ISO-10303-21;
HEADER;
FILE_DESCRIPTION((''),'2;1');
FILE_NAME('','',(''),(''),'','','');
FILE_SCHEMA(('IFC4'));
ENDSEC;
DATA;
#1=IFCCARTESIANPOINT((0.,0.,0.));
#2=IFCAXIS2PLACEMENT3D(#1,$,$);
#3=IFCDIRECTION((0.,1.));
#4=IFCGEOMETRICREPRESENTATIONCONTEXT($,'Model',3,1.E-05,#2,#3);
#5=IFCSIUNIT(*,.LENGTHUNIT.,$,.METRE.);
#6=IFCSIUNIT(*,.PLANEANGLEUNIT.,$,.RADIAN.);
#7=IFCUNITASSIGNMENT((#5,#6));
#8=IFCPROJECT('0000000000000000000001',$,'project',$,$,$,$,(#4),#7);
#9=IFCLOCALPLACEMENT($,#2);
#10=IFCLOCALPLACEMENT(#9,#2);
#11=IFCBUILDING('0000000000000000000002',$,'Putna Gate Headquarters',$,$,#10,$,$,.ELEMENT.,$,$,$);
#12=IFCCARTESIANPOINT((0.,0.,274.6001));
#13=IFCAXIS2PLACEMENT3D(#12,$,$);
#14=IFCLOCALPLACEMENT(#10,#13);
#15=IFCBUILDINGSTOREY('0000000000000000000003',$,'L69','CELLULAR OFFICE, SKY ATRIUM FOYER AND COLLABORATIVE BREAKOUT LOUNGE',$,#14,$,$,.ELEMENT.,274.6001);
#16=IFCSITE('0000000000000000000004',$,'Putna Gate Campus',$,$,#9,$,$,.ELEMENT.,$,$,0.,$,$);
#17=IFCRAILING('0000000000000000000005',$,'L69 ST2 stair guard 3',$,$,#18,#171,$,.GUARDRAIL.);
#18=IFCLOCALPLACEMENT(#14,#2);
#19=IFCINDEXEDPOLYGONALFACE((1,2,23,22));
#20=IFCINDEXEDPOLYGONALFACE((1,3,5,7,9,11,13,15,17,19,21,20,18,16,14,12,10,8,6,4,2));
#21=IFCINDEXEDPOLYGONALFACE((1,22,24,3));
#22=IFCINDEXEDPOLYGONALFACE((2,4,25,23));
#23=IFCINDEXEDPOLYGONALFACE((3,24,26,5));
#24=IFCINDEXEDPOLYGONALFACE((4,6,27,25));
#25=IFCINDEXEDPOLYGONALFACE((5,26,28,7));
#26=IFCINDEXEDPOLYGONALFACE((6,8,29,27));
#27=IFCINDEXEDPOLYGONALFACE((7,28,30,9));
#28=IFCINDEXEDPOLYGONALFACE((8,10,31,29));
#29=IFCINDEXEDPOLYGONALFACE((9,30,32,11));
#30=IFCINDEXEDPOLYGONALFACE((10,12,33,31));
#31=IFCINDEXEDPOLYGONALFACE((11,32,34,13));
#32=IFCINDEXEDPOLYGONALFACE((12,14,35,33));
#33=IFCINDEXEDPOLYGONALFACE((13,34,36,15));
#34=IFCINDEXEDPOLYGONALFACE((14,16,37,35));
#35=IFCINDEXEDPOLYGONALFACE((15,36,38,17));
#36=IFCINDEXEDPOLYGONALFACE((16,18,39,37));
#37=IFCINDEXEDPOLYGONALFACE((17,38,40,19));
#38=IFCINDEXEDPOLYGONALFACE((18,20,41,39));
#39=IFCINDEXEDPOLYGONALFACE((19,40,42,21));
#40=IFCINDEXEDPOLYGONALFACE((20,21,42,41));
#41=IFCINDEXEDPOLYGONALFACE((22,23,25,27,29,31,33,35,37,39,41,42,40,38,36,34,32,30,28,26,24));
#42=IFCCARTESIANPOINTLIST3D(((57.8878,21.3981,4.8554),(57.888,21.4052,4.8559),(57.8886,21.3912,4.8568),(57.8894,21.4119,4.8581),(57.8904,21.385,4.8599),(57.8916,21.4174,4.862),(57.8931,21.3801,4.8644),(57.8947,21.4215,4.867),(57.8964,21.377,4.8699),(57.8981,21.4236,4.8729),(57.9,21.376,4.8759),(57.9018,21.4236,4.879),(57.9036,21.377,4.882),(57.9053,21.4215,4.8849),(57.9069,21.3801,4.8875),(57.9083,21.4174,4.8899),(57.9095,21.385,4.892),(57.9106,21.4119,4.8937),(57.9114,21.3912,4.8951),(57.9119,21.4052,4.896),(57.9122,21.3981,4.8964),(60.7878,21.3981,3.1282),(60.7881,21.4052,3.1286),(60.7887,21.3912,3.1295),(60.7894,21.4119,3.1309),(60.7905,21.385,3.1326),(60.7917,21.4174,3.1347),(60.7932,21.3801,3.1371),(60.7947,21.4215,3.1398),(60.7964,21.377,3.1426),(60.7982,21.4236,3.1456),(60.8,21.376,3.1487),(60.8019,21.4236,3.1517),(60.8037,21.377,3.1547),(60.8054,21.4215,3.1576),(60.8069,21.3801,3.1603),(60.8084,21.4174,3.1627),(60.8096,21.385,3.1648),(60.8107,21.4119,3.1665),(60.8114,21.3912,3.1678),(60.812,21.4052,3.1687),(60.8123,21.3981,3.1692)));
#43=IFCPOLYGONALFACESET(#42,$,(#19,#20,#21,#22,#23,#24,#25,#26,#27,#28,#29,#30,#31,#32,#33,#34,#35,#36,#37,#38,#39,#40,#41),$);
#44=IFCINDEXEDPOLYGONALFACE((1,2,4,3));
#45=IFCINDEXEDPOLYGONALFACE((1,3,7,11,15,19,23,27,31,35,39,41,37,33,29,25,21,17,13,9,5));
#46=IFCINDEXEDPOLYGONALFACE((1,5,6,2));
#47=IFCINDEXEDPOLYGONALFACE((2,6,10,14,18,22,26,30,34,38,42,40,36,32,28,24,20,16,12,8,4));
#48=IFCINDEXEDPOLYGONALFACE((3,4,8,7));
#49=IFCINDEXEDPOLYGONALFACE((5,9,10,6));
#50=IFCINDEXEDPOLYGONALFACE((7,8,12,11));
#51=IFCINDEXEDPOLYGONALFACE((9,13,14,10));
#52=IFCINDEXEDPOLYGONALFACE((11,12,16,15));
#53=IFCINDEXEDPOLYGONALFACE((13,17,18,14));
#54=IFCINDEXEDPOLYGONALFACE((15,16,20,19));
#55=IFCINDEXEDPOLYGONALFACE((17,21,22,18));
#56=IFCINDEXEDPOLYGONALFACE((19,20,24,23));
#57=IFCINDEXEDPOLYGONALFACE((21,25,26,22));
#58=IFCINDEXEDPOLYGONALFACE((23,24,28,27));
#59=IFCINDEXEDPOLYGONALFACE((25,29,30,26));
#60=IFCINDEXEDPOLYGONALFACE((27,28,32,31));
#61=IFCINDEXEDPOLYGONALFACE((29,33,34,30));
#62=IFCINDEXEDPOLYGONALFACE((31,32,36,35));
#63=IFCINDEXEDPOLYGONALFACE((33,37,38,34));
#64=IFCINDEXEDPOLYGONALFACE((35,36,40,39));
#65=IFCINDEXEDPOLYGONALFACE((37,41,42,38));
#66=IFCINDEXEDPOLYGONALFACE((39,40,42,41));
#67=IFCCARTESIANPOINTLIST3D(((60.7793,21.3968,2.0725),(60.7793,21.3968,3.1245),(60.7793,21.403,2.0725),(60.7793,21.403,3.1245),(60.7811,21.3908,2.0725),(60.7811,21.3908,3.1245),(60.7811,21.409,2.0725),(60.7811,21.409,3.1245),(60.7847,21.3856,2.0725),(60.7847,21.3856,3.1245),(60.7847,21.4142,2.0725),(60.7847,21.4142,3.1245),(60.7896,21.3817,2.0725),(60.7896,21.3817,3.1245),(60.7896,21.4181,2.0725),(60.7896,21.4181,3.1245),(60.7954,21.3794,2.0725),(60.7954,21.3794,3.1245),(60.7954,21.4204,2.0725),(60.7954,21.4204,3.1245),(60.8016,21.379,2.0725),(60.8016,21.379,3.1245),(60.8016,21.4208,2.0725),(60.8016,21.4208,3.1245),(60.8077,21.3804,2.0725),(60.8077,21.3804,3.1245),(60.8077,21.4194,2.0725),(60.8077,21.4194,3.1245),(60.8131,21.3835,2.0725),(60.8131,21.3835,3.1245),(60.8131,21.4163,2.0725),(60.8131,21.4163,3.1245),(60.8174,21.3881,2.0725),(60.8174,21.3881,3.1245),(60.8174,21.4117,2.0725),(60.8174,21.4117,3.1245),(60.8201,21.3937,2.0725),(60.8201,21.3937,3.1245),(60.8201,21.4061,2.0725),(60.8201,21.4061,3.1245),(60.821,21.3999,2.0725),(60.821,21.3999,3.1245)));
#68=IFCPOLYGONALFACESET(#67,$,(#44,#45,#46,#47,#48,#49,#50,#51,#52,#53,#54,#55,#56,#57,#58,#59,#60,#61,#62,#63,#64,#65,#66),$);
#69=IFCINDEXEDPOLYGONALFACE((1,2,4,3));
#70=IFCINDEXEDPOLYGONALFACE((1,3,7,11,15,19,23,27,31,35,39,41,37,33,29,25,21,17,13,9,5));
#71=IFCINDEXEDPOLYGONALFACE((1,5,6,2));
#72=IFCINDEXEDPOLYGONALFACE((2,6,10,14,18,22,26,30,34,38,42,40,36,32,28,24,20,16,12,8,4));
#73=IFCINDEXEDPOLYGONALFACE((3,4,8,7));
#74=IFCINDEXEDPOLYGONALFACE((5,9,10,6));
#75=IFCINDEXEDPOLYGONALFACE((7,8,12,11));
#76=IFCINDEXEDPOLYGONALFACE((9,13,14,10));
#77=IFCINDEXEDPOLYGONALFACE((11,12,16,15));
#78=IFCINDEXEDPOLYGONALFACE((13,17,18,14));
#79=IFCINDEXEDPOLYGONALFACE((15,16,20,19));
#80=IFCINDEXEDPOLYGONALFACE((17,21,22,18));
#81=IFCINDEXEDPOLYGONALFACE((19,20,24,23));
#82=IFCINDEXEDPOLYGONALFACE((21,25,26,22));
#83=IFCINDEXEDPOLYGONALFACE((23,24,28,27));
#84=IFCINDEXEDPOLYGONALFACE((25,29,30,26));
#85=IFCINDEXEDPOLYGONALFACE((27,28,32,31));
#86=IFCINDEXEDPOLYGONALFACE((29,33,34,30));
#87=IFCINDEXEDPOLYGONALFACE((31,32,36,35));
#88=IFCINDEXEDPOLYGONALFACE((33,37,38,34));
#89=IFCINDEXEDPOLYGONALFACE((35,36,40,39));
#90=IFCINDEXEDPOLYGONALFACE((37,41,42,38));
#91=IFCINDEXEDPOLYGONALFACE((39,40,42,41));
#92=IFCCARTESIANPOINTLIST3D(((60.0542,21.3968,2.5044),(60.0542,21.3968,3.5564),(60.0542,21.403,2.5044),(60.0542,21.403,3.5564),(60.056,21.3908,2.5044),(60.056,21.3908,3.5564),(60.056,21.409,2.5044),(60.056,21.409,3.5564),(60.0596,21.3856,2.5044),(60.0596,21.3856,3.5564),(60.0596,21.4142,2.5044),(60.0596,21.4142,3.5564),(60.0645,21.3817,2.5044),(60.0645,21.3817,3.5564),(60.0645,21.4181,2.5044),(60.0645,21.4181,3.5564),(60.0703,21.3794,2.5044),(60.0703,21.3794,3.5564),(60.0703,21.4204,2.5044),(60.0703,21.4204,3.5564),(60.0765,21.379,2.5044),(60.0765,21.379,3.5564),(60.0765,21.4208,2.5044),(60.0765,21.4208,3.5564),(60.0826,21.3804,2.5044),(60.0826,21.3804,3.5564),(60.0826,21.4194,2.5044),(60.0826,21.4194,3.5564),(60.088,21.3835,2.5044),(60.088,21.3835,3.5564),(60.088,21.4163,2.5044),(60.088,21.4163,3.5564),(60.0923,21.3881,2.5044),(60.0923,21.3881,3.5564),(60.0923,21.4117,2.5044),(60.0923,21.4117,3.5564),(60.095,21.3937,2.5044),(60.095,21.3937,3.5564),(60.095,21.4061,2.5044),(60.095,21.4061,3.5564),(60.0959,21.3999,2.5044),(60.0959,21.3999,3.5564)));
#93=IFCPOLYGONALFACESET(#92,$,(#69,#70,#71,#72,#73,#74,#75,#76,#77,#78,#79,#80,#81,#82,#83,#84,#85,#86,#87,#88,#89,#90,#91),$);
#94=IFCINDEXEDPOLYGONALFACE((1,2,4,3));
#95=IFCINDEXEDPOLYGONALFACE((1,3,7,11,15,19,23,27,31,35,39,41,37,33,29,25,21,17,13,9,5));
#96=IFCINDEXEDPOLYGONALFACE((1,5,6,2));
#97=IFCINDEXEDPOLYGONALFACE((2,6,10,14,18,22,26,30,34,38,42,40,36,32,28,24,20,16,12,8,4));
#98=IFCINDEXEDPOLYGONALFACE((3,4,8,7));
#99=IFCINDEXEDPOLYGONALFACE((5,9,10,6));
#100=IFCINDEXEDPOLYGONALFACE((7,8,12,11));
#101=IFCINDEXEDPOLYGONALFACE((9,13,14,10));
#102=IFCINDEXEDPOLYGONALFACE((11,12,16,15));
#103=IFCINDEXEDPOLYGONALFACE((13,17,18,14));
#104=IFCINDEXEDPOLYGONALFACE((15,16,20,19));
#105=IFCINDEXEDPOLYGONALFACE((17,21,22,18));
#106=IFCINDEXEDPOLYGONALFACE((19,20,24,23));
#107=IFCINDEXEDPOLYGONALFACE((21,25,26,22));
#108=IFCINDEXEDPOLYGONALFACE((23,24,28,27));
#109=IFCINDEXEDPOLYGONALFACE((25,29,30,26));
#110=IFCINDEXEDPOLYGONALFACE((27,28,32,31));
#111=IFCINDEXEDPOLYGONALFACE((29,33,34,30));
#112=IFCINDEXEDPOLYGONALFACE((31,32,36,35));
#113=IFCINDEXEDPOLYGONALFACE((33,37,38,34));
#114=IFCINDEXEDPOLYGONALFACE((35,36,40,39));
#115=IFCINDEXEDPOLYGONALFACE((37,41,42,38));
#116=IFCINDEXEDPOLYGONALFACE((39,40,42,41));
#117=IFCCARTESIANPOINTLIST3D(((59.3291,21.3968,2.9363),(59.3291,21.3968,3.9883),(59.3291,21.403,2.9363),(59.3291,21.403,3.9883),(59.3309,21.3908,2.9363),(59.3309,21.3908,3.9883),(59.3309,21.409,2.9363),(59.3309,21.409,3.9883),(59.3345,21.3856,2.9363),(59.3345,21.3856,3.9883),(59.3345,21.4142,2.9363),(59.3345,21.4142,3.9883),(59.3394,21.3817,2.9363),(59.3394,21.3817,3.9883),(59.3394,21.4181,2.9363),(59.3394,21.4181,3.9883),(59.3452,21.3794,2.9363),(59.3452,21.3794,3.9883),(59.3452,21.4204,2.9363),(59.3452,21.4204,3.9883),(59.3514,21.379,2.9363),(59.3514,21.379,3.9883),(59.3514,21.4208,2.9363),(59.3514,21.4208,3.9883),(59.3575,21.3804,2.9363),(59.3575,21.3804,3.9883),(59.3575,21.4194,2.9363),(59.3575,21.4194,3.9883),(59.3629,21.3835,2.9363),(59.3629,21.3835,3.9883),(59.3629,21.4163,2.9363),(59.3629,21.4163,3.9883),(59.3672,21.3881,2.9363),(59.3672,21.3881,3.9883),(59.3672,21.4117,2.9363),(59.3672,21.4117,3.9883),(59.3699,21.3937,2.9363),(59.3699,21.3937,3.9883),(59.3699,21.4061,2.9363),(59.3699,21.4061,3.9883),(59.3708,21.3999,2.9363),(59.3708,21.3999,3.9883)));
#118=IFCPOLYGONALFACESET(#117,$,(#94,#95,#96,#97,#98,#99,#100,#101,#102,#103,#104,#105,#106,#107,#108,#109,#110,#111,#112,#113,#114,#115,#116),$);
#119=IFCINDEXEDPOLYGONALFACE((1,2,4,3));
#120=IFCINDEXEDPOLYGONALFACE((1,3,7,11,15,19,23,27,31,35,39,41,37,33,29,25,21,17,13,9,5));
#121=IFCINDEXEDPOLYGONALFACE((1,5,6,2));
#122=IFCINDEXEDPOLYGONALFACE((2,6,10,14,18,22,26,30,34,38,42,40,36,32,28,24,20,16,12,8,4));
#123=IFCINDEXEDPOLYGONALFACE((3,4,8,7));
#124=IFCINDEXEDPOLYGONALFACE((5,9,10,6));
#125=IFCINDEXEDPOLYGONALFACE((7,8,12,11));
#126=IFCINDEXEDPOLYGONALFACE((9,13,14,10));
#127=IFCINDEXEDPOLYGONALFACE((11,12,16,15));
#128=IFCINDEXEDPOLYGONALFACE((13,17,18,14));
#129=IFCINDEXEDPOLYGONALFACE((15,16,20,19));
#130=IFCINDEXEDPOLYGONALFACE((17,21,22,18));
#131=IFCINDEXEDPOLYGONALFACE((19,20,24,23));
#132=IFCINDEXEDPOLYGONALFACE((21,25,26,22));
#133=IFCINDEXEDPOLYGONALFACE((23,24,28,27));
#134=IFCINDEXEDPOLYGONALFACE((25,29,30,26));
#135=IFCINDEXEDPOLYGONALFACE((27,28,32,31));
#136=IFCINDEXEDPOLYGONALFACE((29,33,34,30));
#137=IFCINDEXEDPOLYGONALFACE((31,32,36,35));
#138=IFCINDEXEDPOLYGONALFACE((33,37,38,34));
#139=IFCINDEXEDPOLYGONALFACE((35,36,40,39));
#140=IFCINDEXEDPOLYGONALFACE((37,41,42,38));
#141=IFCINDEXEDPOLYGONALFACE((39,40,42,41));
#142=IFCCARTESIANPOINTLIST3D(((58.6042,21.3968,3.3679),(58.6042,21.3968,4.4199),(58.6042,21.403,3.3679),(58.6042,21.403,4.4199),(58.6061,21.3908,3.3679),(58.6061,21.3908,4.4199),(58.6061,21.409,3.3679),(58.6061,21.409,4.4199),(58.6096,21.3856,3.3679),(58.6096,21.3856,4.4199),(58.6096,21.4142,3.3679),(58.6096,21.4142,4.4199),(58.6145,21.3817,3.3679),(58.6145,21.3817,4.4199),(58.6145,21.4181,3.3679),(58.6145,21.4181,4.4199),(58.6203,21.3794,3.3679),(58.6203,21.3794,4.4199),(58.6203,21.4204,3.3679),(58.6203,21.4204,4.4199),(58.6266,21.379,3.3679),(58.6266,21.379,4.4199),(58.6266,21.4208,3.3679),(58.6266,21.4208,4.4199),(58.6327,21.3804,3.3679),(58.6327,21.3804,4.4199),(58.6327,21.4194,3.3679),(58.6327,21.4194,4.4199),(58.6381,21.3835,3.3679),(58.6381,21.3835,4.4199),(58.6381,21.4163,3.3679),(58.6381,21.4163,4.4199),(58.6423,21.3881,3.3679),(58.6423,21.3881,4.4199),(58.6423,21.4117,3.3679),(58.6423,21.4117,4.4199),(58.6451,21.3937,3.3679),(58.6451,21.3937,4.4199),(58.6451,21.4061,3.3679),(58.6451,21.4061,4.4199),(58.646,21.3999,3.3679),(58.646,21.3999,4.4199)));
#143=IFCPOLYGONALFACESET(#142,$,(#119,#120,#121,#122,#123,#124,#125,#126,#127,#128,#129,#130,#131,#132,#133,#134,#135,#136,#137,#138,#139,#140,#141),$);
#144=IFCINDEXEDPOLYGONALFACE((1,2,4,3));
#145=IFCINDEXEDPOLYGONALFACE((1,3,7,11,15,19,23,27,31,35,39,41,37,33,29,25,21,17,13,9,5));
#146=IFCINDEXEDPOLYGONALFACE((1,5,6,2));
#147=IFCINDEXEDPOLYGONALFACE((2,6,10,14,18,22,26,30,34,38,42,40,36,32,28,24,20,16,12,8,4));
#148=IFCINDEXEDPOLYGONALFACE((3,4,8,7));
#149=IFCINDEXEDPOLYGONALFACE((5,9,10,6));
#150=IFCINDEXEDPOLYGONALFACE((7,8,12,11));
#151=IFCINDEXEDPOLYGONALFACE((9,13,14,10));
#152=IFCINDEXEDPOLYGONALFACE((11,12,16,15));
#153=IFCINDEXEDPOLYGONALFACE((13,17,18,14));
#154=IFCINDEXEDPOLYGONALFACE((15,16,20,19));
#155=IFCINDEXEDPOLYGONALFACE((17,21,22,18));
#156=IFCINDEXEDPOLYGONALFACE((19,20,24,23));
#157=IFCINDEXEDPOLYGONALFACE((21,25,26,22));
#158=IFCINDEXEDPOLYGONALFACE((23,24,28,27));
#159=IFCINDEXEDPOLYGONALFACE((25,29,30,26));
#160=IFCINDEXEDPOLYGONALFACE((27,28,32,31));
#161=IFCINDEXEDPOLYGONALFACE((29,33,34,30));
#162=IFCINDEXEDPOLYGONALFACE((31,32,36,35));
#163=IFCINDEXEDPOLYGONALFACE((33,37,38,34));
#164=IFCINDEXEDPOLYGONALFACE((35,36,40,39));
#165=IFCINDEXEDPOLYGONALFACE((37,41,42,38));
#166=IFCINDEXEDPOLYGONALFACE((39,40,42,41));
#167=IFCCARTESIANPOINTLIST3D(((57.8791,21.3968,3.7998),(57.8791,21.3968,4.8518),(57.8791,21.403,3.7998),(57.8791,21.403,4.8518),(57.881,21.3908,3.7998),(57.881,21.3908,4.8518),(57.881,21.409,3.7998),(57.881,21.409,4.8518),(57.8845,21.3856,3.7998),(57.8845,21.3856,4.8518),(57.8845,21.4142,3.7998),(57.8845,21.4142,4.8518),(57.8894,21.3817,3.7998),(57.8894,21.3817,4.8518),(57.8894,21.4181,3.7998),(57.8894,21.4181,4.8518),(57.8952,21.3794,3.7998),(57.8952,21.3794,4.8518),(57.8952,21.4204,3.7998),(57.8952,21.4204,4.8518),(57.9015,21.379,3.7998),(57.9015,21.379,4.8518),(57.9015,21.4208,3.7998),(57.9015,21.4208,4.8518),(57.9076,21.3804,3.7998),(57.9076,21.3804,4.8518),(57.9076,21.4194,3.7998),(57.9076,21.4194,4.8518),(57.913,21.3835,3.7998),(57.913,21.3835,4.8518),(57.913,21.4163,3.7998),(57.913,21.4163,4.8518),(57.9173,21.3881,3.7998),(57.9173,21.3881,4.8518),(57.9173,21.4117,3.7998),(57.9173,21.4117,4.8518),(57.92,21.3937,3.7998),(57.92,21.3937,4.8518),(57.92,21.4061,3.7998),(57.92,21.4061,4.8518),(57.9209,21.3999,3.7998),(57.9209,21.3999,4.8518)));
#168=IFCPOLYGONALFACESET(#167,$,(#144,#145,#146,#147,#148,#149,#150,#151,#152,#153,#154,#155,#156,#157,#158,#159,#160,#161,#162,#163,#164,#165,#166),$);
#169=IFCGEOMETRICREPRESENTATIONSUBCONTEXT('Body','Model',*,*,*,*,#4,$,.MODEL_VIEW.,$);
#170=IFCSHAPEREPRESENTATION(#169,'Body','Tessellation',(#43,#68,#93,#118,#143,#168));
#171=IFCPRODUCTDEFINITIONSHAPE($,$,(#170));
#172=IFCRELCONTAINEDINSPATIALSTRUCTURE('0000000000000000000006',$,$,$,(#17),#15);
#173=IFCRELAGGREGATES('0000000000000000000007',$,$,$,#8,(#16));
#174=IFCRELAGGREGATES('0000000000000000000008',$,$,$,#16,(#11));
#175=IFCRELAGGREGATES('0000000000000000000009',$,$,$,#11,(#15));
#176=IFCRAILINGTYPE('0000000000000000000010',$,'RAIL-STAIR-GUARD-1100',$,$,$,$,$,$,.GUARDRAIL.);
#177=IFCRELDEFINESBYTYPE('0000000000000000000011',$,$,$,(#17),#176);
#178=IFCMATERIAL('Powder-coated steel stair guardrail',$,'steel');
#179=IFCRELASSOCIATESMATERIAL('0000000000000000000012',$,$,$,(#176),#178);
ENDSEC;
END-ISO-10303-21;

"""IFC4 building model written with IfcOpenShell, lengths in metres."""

from ifc_helpers import new_model, si_unit, direction, frame, origin, origin_2d, place, context, subcontext, project, spatial, circle, extrude, material, type_object, element, save


model = new_model("IFC4")

# Units and contexts
model_context = context("Model", 3, precision=1e-05, world=origin(), true_north=direction((0.0, 1.0)))
body_context = subcontext(model_context, "Body", "Model", "MODEL_VIEW")
ifc_project = project(units=[si_unit("LENGTHUNIT", "METRE"), si_unit("PLANEANGLEUNIT", "RADIAN")], contexts=[model_context])

# Site, building, storey
site_placement = place(None, origin())
site = spatial("IfcSite", under=ifc_project, at=site_placement, Name="Putna Gate Campus", CompositionType="ELEMENT", RefElevation=0.0)
building_placement = place(site_placement, origin())
building = spatial("IfcBuilding", under=site, at=building_placement, Name="Putna Gate Headquarters", CompositionType="ELEMENT")
storey_placement = place(building_placement, frame((0.0, 0.0, 274.6001)))
storey = spatial("IfcBuildingStorey", under=building, at=storey_placement, Name="L69", Description="CELLULAR OFFICE, SKY ATRIUM FOYER AND COLLABORATIVE BREAKOUT LOUNGE", CompositionType="ELEMENT", Elevation=274.6001)

# Railing
ifc_material_1 = material(Name="Powder-coated steel stair guardrail", Category="steel")
railing_type_1 = type_object("IfcRailingType", Name="RAIL-STAIR-GUARD-1100", PredefinedType="GUARDRAIL", material=ifc_material_1)
railing_1_placement = place(storey_placement, frame((60.8, 21.3999, 2.0725)))
element("IfcRailing", 1, at=railing_1_placement, inside=storey, type_object=railing_type_1, Name="L69 ST2 stair guard 3", PredefinedType="GUARDRAIL", context=body_context, shape_type="SweptSolid", body=[
    extrude(circle(Radius=0.0239, at=origin_2d()), frame((0.0, 0.0, 1.0762), z_axis=(-0.85916, 0.0, 0.511706), x_axis=(0.0, -1.0, 0.0)), (0.0, 0.0, 1.0), 3.3755),
    extrude(circle(Radius=0.021, at=origin_2d()), origin(), (0.0, 0.0, 1.0), 1.052),
    extrude(circle(Radius=0.021, at=origin_2d()), frame((-0.7251, 0.0, 0.4319)), (0.0, 0.0, 1.0), 1.052),
    extrude(circle(Radius=0.021, at=origin_2d()), frame((-1.4502, 0.0, 0.8638)), (0.0, 0.0, 1.0), 1.052),
    extrude(circle(Radius=0.021, at=origin_2d()), frame((-2.175, 0.0, 1.2954)), (0.0, 0.0, 1.0), 1.052),
    extrude(circle(Radius=0.021, at=origin_2d()), frame((-2.9001, 0.0, 1.7273)), (0.0, 0.0, 1.0), 1.052),
])

save(model, "model.ifc")
